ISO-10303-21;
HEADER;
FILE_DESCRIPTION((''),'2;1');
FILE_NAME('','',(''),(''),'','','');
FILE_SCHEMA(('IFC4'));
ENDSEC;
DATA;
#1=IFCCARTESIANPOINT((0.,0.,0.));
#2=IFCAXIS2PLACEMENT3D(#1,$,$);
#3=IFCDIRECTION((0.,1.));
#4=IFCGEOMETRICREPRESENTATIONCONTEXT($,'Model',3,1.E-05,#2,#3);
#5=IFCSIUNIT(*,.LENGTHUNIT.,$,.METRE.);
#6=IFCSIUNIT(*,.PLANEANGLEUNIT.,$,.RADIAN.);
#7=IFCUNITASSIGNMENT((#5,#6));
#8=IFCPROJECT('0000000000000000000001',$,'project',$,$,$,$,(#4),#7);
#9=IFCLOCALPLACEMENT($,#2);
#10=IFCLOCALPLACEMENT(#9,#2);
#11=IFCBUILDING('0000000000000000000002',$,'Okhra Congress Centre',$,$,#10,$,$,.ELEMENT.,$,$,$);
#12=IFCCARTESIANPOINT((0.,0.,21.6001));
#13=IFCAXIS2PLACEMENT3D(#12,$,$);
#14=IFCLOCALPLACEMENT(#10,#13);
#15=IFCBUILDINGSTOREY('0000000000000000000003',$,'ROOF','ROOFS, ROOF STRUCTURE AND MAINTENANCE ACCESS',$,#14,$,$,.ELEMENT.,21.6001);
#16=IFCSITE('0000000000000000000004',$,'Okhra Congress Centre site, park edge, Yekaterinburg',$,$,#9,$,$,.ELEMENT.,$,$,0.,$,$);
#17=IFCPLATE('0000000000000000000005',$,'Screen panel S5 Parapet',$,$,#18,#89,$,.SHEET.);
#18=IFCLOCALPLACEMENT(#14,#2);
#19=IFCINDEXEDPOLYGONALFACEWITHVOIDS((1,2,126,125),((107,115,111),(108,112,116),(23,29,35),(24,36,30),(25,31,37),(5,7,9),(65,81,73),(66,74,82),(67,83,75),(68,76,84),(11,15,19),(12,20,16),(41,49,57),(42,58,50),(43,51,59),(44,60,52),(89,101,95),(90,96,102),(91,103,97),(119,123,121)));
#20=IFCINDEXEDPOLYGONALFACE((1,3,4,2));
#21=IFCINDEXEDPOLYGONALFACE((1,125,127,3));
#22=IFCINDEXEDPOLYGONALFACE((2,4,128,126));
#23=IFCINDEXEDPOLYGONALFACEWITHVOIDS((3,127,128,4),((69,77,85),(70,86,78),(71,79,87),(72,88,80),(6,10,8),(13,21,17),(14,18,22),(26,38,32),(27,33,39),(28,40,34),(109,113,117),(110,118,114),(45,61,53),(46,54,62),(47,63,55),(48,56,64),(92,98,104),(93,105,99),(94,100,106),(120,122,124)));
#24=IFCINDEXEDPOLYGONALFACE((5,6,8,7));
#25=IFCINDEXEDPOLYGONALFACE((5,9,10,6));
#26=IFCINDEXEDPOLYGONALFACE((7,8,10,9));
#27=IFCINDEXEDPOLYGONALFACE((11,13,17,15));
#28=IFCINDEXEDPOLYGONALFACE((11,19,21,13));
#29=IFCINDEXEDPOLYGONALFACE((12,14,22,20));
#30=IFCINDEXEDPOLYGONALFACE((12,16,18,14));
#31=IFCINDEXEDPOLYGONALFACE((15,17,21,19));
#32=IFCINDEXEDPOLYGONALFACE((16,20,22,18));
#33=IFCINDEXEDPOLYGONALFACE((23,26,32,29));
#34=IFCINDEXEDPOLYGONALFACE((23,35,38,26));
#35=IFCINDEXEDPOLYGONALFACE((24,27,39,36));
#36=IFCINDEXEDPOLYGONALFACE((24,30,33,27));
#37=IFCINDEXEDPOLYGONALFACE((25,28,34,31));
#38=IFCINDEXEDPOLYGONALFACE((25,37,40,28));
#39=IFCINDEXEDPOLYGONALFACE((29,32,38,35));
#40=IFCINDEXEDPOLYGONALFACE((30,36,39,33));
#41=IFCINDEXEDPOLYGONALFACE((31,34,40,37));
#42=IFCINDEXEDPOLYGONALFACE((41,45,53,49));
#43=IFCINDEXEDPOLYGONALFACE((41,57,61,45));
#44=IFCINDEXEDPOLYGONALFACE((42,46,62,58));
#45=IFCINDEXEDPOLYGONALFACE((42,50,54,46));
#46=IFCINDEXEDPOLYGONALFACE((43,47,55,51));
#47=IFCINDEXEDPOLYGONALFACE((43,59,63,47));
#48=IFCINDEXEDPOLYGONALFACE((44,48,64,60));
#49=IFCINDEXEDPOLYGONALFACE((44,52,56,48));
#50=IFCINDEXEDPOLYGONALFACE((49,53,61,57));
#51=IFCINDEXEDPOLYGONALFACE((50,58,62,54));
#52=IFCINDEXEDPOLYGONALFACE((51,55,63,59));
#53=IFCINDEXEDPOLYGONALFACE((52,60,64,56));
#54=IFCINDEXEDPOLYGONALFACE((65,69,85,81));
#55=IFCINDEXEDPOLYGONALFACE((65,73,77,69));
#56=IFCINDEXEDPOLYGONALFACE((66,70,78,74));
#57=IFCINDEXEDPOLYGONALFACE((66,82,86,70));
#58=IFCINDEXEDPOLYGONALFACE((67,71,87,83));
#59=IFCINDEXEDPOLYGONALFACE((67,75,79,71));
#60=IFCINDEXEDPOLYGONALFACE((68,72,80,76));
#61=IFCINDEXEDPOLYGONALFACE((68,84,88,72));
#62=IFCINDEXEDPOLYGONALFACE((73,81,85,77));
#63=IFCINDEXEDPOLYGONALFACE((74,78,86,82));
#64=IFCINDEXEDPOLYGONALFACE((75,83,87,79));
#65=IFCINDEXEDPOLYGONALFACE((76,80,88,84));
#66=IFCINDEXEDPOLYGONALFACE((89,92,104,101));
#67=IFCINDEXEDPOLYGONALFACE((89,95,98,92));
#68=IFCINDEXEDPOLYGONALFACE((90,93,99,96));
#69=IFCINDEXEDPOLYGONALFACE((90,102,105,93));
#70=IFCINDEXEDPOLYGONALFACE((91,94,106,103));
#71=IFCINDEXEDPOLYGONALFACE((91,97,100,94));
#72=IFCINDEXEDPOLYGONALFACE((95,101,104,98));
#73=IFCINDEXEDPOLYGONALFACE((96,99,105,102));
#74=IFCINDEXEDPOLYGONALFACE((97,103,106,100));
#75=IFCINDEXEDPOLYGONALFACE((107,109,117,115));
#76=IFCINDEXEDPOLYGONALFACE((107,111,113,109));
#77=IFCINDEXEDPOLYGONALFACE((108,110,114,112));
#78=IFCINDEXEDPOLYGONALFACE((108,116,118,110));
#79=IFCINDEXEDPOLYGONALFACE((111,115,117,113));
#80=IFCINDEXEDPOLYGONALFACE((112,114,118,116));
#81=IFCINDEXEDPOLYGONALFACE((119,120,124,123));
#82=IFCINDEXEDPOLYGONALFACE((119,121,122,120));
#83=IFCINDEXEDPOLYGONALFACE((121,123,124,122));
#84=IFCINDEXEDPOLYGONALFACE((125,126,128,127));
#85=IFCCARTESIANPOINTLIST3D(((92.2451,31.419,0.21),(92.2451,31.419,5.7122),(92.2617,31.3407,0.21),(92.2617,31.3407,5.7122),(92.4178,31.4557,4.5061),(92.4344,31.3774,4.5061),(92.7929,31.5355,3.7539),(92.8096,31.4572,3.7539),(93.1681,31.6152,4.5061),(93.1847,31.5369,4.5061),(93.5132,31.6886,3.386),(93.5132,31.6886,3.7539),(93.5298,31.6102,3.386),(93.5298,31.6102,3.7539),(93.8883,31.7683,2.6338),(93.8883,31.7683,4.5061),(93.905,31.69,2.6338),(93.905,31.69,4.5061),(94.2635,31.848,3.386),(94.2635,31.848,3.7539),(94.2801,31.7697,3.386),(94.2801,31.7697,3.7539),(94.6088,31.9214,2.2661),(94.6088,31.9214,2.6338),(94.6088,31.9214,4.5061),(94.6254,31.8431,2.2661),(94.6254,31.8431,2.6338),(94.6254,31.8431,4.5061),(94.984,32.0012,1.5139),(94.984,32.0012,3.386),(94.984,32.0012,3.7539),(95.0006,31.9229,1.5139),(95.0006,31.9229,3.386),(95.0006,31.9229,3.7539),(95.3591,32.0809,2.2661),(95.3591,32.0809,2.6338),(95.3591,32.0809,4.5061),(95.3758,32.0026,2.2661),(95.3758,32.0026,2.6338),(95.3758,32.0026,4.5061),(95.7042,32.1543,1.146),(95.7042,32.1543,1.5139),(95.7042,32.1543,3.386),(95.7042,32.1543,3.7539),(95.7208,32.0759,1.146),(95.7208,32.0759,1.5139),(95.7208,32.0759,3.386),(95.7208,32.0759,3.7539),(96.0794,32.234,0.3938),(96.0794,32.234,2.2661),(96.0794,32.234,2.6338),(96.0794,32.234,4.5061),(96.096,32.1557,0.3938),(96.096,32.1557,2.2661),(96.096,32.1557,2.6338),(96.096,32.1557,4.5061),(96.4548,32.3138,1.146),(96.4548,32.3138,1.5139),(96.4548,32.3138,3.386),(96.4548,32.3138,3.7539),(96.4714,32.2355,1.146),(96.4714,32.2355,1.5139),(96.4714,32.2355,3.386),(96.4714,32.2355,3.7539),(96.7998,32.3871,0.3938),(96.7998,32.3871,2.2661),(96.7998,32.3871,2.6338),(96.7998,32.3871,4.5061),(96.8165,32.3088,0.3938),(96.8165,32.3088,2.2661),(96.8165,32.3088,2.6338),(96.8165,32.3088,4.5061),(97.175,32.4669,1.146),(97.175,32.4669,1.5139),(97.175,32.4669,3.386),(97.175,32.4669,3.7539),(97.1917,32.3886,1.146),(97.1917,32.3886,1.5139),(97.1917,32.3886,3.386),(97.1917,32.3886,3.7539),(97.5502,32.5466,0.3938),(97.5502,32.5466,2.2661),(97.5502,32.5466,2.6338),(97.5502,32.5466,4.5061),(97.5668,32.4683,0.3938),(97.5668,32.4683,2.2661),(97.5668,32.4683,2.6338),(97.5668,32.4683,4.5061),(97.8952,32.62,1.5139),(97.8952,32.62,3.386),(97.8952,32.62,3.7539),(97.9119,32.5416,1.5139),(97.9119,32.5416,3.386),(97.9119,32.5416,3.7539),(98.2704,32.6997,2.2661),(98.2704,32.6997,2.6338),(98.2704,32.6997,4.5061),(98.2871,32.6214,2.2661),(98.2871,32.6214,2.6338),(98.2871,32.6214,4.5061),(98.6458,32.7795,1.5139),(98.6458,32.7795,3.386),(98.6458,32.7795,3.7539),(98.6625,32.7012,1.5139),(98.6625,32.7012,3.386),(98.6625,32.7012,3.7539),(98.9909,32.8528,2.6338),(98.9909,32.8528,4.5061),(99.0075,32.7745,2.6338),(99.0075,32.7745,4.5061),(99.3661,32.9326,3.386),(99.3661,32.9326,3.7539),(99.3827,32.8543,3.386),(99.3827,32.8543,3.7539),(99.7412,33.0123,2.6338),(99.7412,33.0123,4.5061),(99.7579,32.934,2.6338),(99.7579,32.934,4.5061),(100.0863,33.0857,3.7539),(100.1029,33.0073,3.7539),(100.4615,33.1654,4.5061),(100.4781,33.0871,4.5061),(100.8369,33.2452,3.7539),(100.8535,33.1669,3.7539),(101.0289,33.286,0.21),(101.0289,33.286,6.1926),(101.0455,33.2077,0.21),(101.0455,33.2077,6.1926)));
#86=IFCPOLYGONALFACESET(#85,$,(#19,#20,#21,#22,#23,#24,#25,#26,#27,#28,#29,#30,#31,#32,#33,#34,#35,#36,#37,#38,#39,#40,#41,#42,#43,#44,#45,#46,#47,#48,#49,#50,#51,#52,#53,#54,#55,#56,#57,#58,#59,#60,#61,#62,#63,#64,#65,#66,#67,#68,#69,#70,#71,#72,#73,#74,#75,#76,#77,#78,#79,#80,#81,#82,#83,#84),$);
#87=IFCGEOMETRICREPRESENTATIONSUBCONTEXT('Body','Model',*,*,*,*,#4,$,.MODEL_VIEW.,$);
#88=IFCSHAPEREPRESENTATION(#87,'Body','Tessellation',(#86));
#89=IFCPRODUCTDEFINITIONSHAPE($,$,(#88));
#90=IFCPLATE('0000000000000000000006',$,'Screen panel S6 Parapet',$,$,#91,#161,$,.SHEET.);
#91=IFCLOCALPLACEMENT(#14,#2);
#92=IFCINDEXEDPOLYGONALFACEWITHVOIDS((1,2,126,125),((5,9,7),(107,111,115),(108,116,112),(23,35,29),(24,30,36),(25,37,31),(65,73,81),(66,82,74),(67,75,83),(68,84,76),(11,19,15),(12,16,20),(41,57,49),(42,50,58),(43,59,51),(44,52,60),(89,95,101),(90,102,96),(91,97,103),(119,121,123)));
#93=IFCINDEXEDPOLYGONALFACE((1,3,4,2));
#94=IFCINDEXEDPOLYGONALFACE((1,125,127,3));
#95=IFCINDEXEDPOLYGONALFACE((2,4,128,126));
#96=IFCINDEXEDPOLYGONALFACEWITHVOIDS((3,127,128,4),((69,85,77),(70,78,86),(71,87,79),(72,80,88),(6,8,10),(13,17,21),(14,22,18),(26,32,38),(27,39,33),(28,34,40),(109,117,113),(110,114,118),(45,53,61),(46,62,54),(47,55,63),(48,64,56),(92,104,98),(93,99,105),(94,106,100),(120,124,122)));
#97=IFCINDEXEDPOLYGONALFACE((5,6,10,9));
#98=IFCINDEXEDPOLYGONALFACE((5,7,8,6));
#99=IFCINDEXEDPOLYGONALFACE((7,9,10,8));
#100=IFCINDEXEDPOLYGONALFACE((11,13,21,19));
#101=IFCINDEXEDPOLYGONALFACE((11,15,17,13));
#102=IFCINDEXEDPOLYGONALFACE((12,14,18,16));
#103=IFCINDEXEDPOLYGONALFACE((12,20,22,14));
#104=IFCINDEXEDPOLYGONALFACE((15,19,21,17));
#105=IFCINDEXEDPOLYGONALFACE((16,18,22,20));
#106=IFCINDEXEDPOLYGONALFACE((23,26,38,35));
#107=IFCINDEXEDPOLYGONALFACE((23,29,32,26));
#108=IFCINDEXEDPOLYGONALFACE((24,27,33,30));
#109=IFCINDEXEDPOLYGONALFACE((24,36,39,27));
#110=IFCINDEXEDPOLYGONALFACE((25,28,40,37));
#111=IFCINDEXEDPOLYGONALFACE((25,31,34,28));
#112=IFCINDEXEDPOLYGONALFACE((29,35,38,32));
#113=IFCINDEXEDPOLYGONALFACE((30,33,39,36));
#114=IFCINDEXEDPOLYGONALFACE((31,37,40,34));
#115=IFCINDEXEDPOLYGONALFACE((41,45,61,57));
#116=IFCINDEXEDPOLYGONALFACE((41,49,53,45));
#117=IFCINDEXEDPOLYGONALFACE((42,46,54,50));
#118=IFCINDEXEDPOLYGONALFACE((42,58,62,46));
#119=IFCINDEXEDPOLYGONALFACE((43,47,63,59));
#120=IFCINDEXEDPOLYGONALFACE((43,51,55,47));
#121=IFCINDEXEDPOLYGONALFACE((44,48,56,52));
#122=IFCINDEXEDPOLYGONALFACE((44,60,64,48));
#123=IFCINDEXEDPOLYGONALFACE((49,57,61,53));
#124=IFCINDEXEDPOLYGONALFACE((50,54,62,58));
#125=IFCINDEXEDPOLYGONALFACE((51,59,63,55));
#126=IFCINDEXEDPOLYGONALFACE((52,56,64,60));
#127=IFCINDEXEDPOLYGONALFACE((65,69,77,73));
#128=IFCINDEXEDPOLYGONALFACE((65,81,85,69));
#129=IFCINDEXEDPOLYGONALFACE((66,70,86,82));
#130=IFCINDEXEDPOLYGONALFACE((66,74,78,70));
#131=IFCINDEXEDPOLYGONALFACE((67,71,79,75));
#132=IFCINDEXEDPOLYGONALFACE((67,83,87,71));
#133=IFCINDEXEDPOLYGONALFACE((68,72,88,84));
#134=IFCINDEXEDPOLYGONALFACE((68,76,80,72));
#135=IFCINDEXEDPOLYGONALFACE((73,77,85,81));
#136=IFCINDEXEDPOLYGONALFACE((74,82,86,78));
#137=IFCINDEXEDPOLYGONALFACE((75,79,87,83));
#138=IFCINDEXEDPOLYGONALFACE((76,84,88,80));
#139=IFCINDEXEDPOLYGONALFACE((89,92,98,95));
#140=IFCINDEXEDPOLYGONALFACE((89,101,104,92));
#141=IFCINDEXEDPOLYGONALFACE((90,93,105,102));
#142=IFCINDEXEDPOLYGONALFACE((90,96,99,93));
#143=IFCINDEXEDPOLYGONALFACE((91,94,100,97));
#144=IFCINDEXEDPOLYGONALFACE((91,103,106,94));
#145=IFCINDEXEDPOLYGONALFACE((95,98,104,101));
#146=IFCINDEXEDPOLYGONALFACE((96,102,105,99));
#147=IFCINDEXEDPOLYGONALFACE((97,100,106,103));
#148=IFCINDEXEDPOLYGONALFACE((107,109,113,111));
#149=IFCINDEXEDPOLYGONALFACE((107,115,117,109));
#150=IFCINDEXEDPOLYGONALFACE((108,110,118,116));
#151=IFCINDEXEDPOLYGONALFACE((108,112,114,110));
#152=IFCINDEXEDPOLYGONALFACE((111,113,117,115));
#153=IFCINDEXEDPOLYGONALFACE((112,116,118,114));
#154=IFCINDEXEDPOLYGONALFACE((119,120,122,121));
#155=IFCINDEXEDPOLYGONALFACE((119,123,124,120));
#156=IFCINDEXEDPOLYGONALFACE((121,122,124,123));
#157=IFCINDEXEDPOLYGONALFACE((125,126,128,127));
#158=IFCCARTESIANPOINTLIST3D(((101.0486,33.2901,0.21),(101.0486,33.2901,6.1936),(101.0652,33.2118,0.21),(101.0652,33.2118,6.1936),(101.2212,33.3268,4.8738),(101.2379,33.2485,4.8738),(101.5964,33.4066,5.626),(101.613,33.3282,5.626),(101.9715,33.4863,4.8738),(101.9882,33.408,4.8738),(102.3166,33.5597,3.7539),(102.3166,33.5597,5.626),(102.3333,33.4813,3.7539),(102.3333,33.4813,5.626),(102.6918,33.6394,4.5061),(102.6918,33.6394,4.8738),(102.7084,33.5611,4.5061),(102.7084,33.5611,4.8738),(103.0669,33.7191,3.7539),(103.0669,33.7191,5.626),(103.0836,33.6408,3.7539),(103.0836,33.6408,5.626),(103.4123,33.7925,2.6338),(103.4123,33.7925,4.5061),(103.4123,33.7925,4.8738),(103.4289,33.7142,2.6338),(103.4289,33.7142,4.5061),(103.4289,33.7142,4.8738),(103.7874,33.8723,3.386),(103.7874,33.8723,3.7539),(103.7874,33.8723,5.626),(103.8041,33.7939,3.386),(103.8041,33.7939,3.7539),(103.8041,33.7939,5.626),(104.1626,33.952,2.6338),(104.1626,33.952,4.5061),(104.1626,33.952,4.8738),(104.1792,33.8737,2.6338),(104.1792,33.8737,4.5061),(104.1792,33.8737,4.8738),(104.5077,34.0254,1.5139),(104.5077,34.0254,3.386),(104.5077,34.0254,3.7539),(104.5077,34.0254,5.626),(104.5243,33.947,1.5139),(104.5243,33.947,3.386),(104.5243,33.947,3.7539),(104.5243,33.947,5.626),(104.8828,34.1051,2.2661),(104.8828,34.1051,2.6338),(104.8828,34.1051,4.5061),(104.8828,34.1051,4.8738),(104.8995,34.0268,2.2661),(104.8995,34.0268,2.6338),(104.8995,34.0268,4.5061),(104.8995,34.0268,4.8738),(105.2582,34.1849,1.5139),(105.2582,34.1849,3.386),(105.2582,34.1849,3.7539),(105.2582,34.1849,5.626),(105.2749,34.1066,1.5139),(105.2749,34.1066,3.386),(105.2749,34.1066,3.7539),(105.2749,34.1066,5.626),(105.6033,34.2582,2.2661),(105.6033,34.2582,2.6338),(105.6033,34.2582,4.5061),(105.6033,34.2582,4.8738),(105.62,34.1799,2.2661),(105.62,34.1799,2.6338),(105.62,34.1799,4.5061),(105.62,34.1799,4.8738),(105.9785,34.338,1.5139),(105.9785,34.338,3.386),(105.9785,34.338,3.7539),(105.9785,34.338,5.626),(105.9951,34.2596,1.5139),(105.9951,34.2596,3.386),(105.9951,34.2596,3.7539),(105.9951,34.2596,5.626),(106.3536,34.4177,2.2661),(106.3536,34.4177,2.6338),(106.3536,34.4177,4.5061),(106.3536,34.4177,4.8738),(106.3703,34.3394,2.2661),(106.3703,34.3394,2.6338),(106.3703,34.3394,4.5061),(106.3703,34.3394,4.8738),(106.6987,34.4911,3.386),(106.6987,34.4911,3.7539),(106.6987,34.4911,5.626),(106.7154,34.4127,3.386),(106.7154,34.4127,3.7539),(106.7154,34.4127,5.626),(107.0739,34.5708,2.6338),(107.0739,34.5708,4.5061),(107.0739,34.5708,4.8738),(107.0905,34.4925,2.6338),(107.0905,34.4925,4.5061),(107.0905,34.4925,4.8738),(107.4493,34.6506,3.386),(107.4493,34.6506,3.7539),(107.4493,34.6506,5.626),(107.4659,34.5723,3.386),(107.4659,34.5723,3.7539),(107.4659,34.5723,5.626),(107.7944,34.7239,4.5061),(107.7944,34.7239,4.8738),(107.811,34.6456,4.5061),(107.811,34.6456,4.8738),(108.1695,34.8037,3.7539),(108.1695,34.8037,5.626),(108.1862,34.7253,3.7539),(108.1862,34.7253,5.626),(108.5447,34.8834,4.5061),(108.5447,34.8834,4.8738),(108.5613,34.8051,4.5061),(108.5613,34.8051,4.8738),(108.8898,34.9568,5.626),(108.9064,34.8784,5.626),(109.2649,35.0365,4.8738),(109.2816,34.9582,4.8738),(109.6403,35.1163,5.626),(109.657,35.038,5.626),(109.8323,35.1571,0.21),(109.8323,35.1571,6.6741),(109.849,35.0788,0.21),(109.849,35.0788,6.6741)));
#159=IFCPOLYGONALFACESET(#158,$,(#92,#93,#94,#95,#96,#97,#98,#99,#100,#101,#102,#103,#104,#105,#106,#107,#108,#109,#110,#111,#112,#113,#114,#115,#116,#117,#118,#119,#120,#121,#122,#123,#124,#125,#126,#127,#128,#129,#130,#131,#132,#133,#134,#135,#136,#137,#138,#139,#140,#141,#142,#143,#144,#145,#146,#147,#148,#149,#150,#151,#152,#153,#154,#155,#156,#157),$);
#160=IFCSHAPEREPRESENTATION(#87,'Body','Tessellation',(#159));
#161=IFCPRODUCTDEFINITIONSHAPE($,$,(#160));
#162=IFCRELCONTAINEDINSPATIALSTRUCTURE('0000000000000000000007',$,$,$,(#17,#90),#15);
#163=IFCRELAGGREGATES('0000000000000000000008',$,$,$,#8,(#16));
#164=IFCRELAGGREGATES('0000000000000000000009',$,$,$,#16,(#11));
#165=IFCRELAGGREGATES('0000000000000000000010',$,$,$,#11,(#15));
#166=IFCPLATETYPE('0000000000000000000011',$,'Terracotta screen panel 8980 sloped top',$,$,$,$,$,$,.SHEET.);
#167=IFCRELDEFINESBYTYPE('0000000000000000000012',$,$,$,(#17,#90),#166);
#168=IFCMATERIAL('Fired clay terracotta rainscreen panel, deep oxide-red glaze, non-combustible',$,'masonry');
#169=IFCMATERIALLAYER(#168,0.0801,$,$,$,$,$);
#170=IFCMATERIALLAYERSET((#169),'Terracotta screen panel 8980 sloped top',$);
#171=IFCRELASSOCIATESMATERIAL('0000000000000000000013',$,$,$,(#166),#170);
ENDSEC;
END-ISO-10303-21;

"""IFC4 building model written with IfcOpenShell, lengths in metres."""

from ifc_helpers import new_model, si_unit, direction, frame, origin, place, context, subcontext, project, spatial, polyline, outline, extrude, material, layer, layer_set, type_object, element, save


model = new_model("IFC4")

# Units and contexts
model_context = context("Model", 3, precision=1e-05, world=origin(), true_north=direction((0.0, 1.0)))
body_context = subcontext(model_context, "Body", "Model", "MODEL_VIEW")
ifc_project = project(units=[si_unit("LENGTHUNIT", "METRE"), si_unit("PLANEANGLEUNIT", "RADIAN")], contexts=[model_context])

# Site, building, storey
site_placement = place(None, origin())
site = spatial("IfcSite", under=ifc_project, at=site_placement, Name="Okhra Congress Centre site, park edge, Yekaterinburg", CompositionType="ELEMENT", RefElevation=0.0)
building_placement = place(site_placement, origin())
building = spatial("IfcBuilding", under=site, at=building_placement, Name="Okhra Congress Centre", CompositionType="ELEMENT")
storey_placement = place(building_placement, frame((0.0, 0.0, 21.6001)))
storey = spatial("IfcBuildingStorey", under=building, at=storey_placement, Name="ROOF", Description="ROOFS, ROOF STRUCTURE AND MAINTENANCE ACCESS", CompositionType="ELEMENT", Elevation=21.6001)

# Plates
ifc_material_1 = material(Name="Fired clay terracotta rainscreen panel, deep oxide-red glaze, non-combustible", Category="masonry")
ifc_layer = layer(ifc_material_1, 0.0801)
ifc_layer_set = layer_set([ifc_layer], Name="Terracotta screen panel 8980 sloped top")
plate_type = type_object("IfcPlateType", Name="Terracotta screen panel 8980 sloped top", PredefinedType="SHEET", material=ifc_layer_set)
plate_1_placement = place(storey_placement, frame((92.2534, 31.3799, 0.21), z_axis=(0.0, 0.0, 1.0), x_axis=(0.97815, 0.207902, 0.0)))
element("IfcPlate", 1, at=plate_1_placement, inside=storey, type_object=plate_type, Name="Screen panel S5 Parapet", PredefinedType="SHEET", context=body_context, shape_type="SweptSolid", body=[
    extrude(outline(polyline([(0.0, 0.0), (8.98, 0.0), (8.98, 5.9827), (0.0, 5.5022), (0.0, 0.0)]), holes=[polyline([(3.5364, 0.936), (3.9199, 0.1838), (4.3037, 0.936), (3.5364, 0.936)]), polyline([(4.6565, 0.1838), (5.4236, 0.1838), (5.04, 0.936), (4.6565, 0.1838)]), polyline([(2.4165, 2.0562), (2.8, 1.304), (3.1836, 2.0562), (2.4165, 2.0562)]), polyline([(3.5364, 1.304), (4.3037, 1.304), (3.9199, 2.0562), (3.5364, 1.304)]), polyline([(4.6565, 2.0562), (5.04, 1.304), (5.4236, 2.0562), (4.6565, 2.0562)]), polyline([(5.7764, 1.304), (6.5437, 1.304), (6.1599, 2.0562), (5.7764, 1.304)]), polyline([(1.2964, 3.176), (1.6799, 2.4238), (2.0635, 3.176), (1.2964, 3.176)]), polyline([(2.4165, 2.4238), (3.1836, 2.4238), (2.8, 3.176), (2.4165, 2.4238)]), polyline([(3.5364, 3.176), (3.9199, 2.4238), (4.3037, 3.176), (3.5364, 3.176)]), polyline([(4.6565, 2.4238), (5.4236, 2.4238), (5.04, 3.176), (4.6565, 2.4238)]), polyline([(5.7764, 3.176), (6.1599, 2.4238), (6.5437, 3.176), (5.7764, 3.176)]), polyline([(6.8965, 2.4238), (7.6636, 2.4238), (7.28, 3.176), (6.8965, 2.4238)]), polyline([(0.1765, 4.2961), (0.5601, 3.5439), (0.9436, 4.2961), (0.1765, 4.2961)]), polyline([(1.2964, 3.5439), (2.0635, 3.5439), (1.6799, 4.2961), (1.2964, 3.5439)]), polyline([(2.4165, 4.2961), (2.8, 3.5439), (3.1836, 4.2961), (2.4165, 4.2961)]), polyline([(3.5364, 3.5439), (4.3037, 3.5439), (3.9199, 4.2961), (3.5364, 3.5439)]), polyline([(4.6565, 4.2961), (5.04, 3.5439), (5.4236, 4.2961), (4.6565, 4.2961)]), polyline([(5.7764, 3.5439), (6.5437, 3.5439), (6.1599, 4.2961), (5.7764, 3.5439)]), polyline([(6.8965, 4.2961), (7.28, 3.5439), (7.6636, 4.2961), (6.8965, 4.2961)]), polyline([(8.0164, 3.5439), (8.7837, 3.5439), (8.3999, 4.2961), (8.0164, 3.5439)])]), frame((0.0, 0.04, 0.0), z_axis=(0.0, -1.0, 0.0), x_axis=(1.0, 0.0, 0.0)), (0.0, 0.0, 1.0), 0.0801),
])
plate_2_placement = place(storey_placement, frame((101.0569, 33.251, 0.21), z_axis=(0.0, 0.0, 1.0), x_axis=(0.97815, 0.207902, 0.0)))
element("IfcPlate", 2, at=plate_2_placement, inside=storey, type_object=plate_type, Name="Screen panel S6 Parapet", PredefinedType="SHEET", context=body_context, shape_type="SweptSolid", body=[
    extrude(outline(polyline([(0.0, 0.0), (8.98, 0.0), (8.98, 6.4641), (0.0, 5.9836), (0.0, 0.0)]), holes=[polyline([(3.5364, 1.304), (4.3037, 1.304), (3.9199, 2.0562), (3.5364, 1.304)]), polyline([(4.6565, 2.0562), (5.04, 1.304), (5.4236, 2.0562), (4.6565, 2.0562)]), polyline([(2.4165, 2.4238), (3.1836, 2.4238), (2.8, 3.176), (2.4165, 2.4238)]), polyline([(3.5364, 3.176), (3.9199, 2.4238), (4.3037, 3.176), (3.5364, 3.176)]), polyline([(4.6565, 2.4238), (5.4236, 2.4238), (5.04, 3.176), (4.6565, 2.4238)]), polyline([(5.7764, 3.176), (6.1599, 2.4238), (6.5437, 3.176), (5.7764, 3.176)]), polyline([(1.2964, 3.5439), (2.0635, 3.5439), (1.6799, 4.2961), (1.2964, 3.5439)]), polyline([(2.4165, 4.2961), (2.8, 3.5439), (3.1836, 4.2961), (2.4165, 4.2961)]), polyline([(3.5364, 3.5439), (4.3037, 3.5439), (3.9199, 4.2961), (3.5364, 3.5439)]), polyline([(4.6565, 4.2961), (5.04, 3.5439), (5.4236, 4.2961), (4.6565, 4.2961)]), polyline([(5.7764, 3.5439), (6.5437, 3.5439), (6.1599, 4.2961), (5.7764, 3.5439)]), polyline([(6.8965, 4.2961), (7.28, 3.5439), (7.6636, 4.2961), (6.8965, 4.2961)]), polyline([(0.1765, 4.6638), (0.9436, 4.6638), (0.5601, 5.416), (0.1765, 4.6638)]), polyline([(1.2964, 5.416), (1.6799, 4.6638), (2.0635, 5.416), (1.2964, 5.416)]), polyline([(2.4165, 4.6638), (3.1836, 4.6638), (2.8, 5.416), (2.4165, 4.6638)]), polyline([(3.5364, 5.416), (3.9199, 4.6638), (4.3037, 5.416), (3.5364, 5.416)]), polyline([(4.6565, 4.6638), (5.4236, 4.6638), (5.04, 5.416), (4.6565, 4.6638)]), polyline([(5.7764, 5.416), (6.1599, 4.6638), (6.5437, 5.416), (5.7764, 5.416)]), polyline([(6.8965, 4.6638), (7.6636, 4.6638), (7.28, 5.416), (6.8965, 4.6638)]), polyline([(8.0164, 5.416), (8.3999, 4.6638), (8.7837, 5.416), (8.0164, 5.416)])]), frame((0.0, 0.04, 0.0), z_axis=(0.0, -1.0, 0.0), x_axis=(1.0, 0.0, 0.0)), (0.0, 0.0, 1.0), 0.0801),
])

save(model, "model.ifc")
